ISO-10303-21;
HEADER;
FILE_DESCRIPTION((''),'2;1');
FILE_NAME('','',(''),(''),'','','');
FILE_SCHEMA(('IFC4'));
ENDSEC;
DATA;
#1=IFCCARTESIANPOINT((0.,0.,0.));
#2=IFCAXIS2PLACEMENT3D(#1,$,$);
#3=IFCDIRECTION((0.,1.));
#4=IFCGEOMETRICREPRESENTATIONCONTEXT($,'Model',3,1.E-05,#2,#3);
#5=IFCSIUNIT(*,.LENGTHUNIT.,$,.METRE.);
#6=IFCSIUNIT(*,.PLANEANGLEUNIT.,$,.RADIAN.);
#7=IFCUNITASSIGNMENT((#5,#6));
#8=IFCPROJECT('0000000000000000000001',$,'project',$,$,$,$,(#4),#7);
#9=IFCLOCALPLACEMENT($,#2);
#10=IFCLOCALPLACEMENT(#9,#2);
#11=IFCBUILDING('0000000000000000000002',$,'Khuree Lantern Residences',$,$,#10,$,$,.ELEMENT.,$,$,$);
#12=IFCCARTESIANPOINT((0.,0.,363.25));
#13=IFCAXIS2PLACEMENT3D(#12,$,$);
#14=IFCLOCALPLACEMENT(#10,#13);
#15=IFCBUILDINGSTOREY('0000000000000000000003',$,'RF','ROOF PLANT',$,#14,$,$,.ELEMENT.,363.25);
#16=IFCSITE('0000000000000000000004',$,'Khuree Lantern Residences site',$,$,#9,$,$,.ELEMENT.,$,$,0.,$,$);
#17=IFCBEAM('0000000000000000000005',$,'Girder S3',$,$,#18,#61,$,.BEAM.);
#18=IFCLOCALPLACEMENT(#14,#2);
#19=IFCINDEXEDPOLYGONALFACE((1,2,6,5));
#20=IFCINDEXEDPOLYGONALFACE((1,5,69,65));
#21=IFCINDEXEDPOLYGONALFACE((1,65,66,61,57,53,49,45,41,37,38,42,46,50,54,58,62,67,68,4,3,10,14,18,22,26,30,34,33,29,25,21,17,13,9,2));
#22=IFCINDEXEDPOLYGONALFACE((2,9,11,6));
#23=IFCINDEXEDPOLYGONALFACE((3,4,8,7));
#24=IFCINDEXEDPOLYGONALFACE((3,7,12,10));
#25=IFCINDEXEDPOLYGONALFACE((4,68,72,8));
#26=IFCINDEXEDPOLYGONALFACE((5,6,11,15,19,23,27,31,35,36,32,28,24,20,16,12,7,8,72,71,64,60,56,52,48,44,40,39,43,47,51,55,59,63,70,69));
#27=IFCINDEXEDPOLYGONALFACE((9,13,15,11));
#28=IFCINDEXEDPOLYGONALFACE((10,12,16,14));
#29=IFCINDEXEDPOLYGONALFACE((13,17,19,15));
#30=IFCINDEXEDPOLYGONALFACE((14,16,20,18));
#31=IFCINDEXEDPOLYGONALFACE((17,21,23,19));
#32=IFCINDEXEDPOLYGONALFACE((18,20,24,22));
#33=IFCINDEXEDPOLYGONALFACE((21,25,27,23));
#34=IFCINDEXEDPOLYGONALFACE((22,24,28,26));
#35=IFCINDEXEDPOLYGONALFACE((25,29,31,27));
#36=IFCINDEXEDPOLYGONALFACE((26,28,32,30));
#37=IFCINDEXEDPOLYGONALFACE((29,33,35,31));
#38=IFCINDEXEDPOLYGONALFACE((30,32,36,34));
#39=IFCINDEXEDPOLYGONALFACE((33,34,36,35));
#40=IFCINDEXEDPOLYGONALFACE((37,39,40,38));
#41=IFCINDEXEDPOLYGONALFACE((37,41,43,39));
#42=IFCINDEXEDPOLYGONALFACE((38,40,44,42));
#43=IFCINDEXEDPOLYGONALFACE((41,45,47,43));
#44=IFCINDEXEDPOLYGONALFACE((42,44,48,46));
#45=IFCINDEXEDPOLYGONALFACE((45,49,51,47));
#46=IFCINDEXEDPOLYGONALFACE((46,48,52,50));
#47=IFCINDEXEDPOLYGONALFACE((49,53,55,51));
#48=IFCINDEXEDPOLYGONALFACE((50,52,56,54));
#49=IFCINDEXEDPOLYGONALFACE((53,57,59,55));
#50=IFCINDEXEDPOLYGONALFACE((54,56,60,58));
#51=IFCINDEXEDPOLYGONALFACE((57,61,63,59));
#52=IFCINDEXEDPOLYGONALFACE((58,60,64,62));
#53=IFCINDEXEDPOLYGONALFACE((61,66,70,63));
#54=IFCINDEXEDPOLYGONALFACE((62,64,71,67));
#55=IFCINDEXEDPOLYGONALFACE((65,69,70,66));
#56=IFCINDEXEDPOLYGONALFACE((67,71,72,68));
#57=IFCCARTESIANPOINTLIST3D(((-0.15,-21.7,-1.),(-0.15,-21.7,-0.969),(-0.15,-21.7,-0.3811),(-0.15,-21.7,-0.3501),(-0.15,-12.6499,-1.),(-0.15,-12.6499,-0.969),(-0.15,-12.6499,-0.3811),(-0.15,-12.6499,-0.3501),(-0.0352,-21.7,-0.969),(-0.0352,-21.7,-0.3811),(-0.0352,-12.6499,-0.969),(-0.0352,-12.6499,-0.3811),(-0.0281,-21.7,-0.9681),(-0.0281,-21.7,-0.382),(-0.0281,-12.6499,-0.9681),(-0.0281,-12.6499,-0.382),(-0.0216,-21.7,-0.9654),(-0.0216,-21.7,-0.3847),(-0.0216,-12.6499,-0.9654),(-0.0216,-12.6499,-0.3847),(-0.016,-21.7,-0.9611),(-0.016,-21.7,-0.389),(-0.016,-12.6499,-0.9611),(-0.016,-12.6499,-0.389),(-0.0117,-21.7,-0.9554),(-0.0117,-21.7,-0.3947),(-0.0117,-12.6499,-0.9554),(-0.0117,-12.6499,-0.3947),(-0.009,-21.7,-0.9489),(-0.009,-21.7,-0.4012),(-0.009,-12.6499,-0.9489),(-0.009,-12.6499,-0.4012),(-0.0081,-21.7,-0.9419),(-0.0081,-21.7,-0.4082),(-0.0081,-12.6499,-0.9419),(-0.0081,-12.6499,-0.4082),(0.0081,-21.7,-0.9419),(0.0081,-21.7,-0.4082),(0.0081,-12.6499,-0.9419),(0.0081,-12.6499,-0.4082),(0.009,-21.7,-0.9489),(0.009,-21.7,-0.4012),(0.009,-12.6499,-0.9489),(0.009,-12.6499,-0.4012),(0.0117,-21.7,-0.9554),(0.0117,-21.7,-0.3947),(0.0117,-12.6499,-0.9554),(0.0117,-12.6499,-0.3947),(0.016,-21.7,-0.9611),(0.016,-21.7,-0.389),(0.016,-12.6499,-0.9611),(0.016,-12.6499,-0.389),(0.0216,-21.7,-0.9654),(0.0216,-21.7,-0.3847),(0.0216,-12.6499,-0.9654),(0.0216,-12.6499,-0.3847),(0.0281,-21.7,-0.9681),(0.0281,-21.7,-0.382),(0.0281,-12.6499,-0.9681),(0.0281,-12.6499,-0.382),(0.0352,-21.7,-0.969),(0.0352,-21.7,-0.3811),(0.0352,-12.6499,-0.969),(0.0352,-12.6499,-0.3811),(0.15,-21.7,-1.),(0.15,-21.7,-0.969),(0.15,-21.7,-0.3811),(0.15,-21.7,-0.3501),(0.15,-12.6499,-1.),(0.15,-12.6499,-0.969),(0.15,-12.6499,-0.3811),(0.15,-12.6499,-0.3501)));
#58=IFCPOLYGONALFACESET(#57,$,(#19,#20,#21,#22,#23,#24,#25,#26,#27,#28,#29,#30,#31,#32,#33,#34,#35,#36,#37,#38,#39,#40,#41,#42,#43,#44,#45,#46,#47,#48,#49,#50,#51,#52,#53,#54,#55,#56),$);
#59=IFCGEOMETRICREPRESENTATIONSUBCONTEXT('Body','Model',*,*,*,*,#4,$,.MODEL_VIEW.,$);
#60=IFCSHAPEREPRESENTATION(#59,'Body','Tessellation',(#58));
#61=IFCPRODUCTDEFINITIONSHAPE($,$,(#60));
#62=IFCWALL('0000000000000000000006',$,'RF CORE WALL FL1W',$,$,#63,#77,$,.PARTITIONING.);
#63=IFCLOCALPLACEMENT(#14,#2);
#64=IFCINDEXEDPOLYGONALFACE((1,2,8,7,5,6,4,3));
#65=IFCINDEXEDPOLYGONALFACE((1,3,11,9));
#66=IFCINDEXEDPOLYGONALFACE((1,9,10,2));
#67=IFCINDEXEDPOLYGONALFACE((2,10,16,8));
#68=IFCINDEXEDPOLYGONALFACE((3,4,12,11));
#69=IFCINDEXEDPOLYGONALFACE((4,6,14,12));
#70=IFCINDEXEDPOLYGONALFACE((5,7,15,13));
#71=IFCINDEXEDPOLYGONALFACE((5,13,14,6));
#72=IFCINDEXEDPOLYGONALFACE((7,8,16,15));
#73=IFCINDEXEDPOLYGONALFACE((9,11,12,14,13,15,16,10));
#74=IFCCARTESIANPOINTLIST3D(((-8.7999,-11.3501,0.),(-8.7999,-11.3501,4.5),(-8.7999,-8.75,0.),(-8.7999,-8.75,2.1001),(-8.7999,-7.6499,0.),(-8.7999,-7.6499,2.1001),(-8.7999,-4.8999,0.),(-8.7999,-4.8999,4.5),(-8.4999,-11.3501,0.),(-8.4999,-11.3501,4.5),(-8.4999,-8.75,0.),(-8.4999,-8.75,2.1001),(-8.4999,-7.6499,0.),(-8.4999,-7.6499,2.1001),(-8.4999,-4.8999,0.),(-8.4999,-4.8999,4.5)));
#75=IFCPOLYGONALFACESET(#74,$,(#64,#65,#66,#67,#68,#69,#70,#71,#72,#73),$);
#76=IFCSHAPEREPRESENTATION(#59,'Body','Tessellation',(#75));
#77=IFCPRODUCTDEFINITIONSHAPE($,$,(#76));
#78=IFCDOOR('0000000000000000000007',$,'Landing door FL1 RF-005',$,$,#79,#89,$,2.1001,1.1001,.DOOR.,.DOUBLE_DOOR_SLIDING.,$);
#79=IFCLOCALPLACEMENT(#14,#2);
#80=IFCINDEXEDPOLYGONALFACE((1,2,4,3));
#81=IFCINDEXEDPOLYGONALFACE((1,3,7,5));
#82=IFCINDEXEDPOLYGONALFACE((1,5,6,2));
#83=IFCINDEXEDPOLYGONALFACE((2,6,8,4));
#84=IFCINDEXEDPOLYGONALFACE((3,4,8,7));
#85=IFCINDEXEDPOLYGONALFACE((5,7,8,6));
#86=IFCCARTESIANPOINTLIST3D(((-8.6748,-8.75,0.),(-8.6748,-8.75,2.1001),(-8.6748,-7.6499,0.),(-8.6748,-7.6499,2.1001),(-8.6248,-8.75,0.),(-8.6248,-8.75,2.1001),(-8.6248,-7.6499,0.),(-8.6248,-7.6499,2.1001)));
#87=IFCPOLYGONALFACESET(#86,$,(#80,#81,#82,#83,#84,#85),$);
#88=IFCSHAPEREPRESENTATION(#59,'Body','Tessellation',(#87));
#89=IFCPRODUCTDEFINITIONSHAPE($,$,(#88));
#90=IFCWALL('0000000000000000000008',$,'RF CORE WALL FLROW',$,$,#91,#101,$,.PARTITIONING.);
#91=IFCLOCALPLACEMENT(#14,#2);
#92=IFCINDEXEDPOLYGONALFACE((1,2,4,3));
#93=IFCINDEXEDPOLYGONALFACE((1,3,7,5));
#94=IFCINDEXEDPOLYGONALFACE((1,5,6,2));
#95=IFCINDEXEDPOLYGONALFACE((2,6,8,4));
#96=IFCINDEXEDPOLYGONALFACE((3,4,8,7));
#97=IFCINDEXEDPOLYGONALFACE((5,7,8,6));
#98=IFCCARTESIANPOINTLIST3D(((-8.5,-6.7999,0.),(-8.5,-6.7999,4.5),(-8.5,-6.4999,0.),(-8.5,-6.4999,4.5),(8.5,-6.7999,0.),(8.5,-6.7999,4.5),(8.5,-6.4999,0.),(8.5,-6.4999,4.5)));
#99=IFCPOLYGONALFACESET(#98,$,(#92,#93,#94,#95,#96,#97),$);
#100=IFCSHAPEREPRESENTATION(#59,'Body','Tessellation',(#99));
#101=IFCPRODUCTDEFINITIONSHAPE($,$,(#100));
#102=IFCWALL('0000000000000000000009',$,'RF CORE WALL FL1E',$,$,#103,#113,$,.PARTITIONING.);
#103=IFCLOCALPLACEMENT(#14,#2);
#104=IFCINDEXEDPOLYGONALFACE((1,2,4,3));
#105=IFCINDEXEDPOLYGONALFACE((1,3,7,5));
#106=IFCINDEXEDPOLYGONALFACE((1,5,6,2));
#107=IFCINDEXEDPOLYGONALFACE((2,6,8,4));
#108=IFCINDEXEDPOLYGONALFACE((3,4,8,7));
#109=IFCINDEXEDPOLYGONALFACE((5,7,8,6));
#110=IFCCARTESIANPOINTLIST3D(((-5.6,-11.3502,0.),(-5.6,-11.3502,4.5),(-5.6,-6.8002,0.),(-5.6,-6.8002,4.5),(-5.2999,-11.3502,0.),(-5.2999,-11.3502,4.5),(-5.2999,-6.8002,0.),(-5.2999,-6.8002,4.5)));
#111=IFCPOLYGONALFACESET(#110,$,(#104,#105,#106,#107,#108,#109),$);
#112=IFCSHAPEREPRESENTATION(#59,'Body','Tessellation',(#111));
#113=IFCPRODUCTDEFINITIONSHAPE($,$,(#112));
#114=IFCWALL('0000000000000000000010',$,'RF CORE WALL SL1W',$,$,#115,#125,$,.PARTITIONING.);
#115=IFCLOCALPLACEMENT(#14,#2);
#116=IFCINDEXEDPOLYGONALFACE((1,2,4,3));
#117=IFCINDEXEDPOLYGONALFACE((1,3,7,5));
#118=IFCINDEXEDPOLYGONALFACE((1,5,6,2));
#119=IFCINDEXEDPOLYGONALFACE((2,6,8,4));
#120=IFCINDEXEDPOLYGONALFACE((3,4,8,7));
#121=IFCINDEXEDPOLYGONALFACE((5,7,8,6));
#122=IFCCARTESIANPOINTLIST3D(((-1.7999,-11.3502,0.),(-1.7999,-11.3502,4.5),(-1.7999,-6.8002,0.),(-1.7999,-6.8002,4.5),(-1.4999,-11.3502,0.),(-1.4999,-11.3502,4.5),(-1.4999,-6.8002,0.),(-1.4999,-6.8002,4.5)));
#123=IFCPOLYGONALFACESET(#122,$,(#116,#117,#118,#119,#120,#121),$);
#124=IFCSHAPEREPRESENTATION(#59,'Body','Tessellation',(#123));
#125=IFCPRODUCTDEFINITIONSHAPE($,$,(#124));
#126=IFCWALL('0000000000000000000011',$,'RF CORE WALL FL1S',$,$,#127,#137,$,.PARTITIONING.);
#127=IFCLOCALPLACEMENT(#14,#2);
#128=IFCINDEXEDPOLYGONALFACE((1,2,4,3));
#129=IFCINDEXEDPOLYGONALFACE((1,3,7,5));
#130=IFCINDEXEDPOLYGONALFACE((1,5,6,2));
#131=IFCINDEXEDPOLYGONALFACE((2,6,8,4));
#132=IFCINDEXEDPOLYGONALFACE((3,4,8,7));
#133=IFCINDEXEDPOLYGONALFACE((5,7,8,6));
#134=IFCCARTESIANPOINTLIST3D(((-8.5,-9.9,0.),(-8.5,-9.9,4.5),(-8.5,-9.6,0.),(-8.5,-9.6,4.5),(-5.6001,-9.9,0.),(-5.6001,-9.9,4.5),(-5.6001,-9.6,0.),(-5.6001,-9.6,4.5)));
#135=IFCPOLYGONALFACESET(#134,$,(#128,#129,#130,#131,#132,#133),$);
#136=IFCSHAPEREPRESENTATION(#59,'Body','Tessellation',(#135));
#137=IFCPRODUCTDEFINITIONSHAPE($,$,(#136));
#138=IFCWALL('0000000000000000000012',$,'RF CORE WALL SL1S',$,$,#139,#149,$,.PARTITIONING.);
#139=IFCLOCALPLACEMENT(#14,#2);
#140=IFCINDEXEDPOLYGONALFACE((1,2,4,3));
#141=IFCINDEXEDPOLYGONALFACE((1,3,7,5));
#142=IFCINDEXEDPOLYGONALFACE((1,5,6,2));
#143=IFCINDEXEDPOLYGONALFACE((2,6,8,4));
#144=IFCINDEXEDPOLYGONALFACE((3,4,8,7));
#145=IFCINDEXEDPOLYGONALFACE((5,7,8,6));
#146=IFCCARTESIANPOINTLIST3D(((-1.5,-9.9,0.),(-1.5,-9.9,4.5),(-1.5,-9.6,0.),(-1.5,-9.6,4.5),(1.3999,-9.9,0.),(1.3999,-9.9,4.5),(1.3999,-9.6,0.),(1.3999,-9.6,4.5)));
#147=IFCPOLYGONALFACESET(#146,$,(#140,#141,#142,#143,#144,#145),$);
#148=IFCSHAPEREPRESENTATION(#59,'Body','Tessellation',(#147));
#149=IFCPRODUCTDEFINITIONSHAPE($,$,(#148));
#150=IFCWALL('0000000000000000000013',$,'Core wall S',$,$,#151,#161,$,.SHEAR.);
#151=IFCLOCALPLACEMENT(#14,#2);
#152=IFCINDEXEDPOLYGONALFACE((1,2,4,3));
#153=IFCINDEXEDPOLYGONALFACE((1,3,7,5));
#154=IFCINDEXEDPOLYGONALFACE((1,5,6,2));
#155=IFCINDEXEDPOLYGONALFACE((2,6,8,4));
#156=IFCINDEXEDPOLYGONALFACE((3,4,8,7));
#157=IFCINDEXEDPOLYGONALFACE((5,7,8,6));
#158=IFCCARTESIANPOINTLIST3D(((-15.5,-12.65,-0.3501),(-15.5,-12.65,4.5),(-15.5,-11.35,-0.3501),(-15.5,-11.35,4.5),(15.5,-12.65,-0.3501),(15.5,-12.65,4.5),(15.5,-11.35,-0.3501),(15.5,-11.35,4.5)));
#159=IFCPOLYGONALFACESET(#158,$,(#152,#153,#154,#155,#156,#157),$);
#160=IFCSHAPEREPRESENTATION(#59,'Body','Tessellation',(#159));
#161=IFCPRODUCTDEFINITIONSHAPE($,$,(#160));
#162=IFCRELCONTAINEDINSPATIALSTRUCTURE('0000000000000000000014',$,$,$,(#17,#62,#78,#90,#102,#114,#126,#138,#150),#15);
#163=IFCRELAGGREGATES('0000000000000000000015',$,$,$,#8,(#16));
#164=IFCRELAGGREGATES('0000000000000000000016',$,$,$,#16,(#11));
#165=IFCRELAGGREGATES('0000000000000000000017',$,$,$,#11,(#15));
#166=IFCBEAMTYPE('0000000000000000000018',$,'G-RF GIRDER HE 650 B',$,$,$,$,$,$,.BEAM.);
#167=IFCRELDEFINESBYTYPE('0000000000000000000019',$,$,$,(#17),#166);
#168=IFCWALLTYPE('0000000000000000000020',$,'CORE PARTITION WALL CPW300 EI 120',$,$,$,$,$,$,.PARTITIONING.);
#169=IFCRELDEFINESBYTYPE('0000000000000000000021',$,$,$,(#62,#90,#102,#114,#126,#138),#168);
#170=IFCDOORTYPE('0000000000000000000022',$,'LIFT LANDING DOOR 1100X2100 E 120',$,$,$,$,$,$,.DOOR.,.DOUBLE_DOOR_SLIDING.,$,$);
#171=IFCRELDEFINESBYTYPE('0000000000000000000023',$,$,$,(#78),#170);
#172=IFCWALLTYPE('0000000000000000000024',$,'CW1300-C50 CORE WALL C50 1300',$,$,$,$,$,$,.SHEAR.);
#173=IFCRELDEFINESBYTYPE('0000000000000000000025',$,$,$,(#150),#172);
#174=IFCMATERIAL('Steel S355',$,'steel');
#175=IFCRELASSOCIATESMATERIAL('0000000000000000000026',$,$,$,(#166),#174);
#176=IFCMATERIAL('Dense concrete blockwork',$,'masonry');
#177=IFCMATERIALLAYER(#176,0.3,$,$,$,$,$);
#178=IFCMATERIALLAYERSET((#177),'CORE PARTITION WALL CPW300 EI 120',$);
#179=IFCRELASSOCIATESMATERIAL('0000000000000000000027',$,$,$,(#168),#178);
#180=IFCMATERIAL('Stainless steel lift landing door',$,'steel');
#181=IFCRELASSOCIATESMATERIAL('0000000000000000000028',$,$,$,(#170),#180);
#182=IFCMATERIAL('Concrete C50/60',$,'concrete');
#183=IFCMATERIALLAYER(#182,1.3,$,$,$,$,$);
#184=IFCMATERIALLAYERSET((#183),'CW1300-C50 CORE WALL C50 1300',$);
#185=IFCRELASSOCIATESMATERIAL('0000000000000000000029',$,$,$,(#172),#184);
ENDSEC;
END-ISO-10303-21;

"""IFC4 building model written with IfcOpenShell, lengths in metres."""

from ifc_helpers import new_model, si_unit, direction, frame, frame_2d, origin, origin_2d, place, context, subcontext, project, spatial, rectangle, i_section, extrude, material, layer, layer_set, material_profile, profile_set, type_object, element, fill, save


model = new_model("IFC4")

# Units and contexts
model_context = context("Model", 3, precision=1e-05, world=origin(), true_north=direction((0.0, 1.0)))
body_context = subcontext(model_context, "Body", "Model", "MODEL_VIEW")
ifc_project = project(units=[si_unit("LENGTHUNIT", "METRE"), si_unit("PLANEANGLEUNIT", "RADIAN")], contexts=[model_context])

# Site, building, storey
site_placement = place(None, origin())
site = spatial("IfcSite", under=ifc_project, at=site_placement, Name="Khuree Lantern Residences site", CompositionType="ELEMENT", RefElevation=0.0)
building_placement = place(site_placement, origin())
building = spatial("IfcBuilding", under=site, at=building_placement, Name="Khuree Lantern Residences", CompositionType="ELEMENT")
storey_placement = place(building_placement, frame((0.0, 0.0, 363.25)))
storey = spatial("IfcBuildingStorey", under=building, at=storey_placement, Name="RF", Description="ROOF PLANT", CompositionType="ELEMENT", Elevation=363.25)

# Shared definitions
ifc_material_1 = material(Name="Concrete C50/60", Category="concrete")

# Shared definitions
ifc_material_2 = material(Name="Steel S355", Category="steel")

# Beam
ifc_material_profile_1 = material_profile(ifc_material_2, i_section(OverallWidth=0.3, OverallDepth=0.6499, WebThickness=0.0161, FlangeThickness=0.031, FilletRadius=0.0271, at=origin_2d()), Name="HE 650 B")
ifc_profile_set_1 = profile_set([ifc_material_profile_1], Name="Steel S355")
beam_type_1 = type_object("IfcBeamType", Name="G-RF GIRDER HE 650 B", PredefinedType="BEAM", material=ifc_profile_set_1)
beam_1_placement = place(storey_placement, frame((0.0, -21.7, -0.675), z_axis=(0.0, 1.0, 0.0), x_axis=(-1.0, 0.0, 0.0)))
element("IfcBeam", 1, at=beam_1_placement, inside=storey, type_object=beam_type_1, Name="Girder S3", PredefinedType="BEAM", context=body_context, shape_type="SweptSolid", body=[
    extrude(i_section(OverallWidth=0.3, OverallDepth=0.6499, WebThickness=0.0161, FlangeThickness=0.031, FilletRadius=0.0271, at=origin_2d()), origin(), (0.0, 0.0, 1.0), 9.05),
])

# Wall, opening, door
ifc_material_3 = material(Name="Dense concrete blockwork", Category="masonry")
ifc_layer_1 = layer(ifc_material_3, 0.3)
ifc_layer_set_1 = layer_set([ifc_layer_1], Name="CORE PARTITION WALL CPW300 EI 120")
wall_type_1 = type_object("IfcWallType", Name="CORE PARTITION WALL CPW300 EI 120", PredefinedType="PARTITIONING", material=ifc_layer_set_1)
wall_1_placement = place(storey_placement, frame((-8.6499, -11.3501, 0.0), z_axis=(0.0, 0.0, 1.0), x_axis=(0.0, 1.0, 0.0)))
wall_1 = element("IfcWall", 2, at=wall_1_placement, inside=storey, type_object=wall_type_1, Name="RF CORE WALL FL1W", PredefinedType="PARTITIONING", context=body_context, shape_type="SweptSolid", body=[
    extrude(rectangle(XDim=6.4502, YDim=0.3, at=frame_2d((3.2251, 0.0))), origin(), (0.0, 0.0, 1.0), 4.5),
])
opening_1_placement = place(wall_1_placement, frame((2.6001, 0.0, 0.0)))
opening_1 = element("IfcOpeningElement", 3, at=opening_1_placement, cuts=wall_1, PredefinedType="OPENING", context=body_context, shape_type="SweptSolid", body=[
    extrude(rectangle(XDim=1.1001, YDim=2.1001, at=frame_2d((0.55, 1.05))), frame((0.0, 0.1602, 0.0), z_axis=(0.0, -1.0, 0.0), x_axis=(1.0, 0.0, 0.0)), (0.0, 0.0, 1.0), 0.3201),
])
ifc_material_4 = material(Name="Stainless steel lift landing door", Category="steel")
door_type_1 = type_object("IfcDoorType", Name="LIFT LANDING DOOR 1100X2100 E 120", OperationType="DOUBLE_DOOR_SLIDING", PredefinedType="DOOR", material=ifc_material_4)
door_1_placement = place(opening_1_placement, origin())
door_1 = element("IfcDoor", 4, at=door_1_placement, inside=storey, type_object=door_type_1, Name="Landing door FL1 RF-005", OperationType="DOUBLE_DOOR_SLIDING", OverallHeight=2.1001, OverallWidth=1.1001, PredefinedType="DOOR", context=body_context, shape_type="SweptSolid", body=[
    extrude(rectangle(XDim=1.1001, YDim=2.1001, at=frame_2d((0.55, 1.05))), frame((0.0, 0.0249, 0.0), z_axis=(0.0, -1.0, 0.0), x_axis=(1.0, 0.0, 0.0)), (0.0, 0.0, 1.0), 0.05),
])
fill(opening_1, door_1)

# Walls
wall_2_placement = place(storey_placement, frame((-8.5, -6.6499, 0.0), z_axis=(0.0, 0.0, 1.0), x_axis=(1.0, 0.0, 0.0)))
element("IfcWall", 5, at=wall_2_placement, inside=storey, type_object=wall_type_1, Name="RF CORE WALL FLROW", PredefinedType="PARTITIONING", context=body_context, shape_type="SweptSolid", body=[
    extrude(rectangle(XDim=17.0, YDim=0.3, at=frame_2d((8.5, 0.0))), origin(), (0.0, 0.0, 1.0), 4.5),
])
for number, where, z_axis, x_axis, name in (
    (6, (-5.45, -11.3501, 0.0), (0.0, 0.0, 1.0), (0.0, 1.0, 0.0), "RF CORE WALL FL1E"),
    (7, (-1.6499, -11.3501, 0.0), (0.0, 0.0, 1.0), (0.0, 1.0, 0.0), "RF CORE WALL SL1W"),
):
    element("IfcWall", number, at=place(storey_placement, frame(where, z_axis=z_axis, x_axis=x_axis)), inside=storey, type_object=wall_type_1, Name=name, PredefinedType="PARTITIONING", context=body_context, shape_type="SweptSolid", body=[
        extrude(rectangle(XDim=4.55, YDim=0.3, at=frame_2d((2.2749, 0.0))), origin(), (0.0, 0.0, 1.0), 4.5),
    ])
for number, where, z_axis, x_axis, name in (
    (8, (-8.5, -9.75, 0.0), (0.0, 0.0, 1.0), (1.0, 0.0, 0.0), "RF CORE WALL FL1S"),
    (9, (-1.5, -9.75, 0.0), (0.0, 0.0, 1.0), (1.0, 0.0, 0.0), "RF CORE WALL SL1S"),
):
    element("IfcWall", number, at=place(storey_placement, frame(where, z_axis=z_axis, x_axis=x_axis)), inside=storey, type_object=wall_type_1, Name=name, PredefinedType="PARTITIONING", context=body_context, shape_type="SweptSolid", body=[
        extrude(rectangle(XDim=2.8999, YDim=0.3, at=frame_2d((1.45, 0.0))), origin(), (0.0, 0.0, 1.0), 4.5),
    ])
ifc_layer_2 = layer(ifc_material_1, 1.3)
ifc_layer_set_2 = layer_set([ifc_layer_2], Name="CW1300-C50 CORE WALL C50 1300")
wall_type_2 = type_object("IfcWallType", Name="CW1300-C50 CORE WALL C50 1300", PredefinedType="SHEAR", material=ifc_layer_set_2)
wall_3_placement = place(storey_placement, frame((-15.5, -12.0, -0.3501), z_axis=(0.0, 0.0, 1.0), x_axis=(1.0, 0.0, 0.0)))
element("IfcWall", 10, at=wall_3_placement, inside=storey, type_object=wall_type_2, Name="Core wall S", PredefinedType="SHEAR", context=body_context, shape_type="SweptSolid", body=[
    extrude(rectangle(XDim=31.0, YDim=1.3, at=frame_2d((15.5, 0.0))), origin(), (0.0, 0.0, 1.0), 4.8501),
])

save(model, "model.ifc")
